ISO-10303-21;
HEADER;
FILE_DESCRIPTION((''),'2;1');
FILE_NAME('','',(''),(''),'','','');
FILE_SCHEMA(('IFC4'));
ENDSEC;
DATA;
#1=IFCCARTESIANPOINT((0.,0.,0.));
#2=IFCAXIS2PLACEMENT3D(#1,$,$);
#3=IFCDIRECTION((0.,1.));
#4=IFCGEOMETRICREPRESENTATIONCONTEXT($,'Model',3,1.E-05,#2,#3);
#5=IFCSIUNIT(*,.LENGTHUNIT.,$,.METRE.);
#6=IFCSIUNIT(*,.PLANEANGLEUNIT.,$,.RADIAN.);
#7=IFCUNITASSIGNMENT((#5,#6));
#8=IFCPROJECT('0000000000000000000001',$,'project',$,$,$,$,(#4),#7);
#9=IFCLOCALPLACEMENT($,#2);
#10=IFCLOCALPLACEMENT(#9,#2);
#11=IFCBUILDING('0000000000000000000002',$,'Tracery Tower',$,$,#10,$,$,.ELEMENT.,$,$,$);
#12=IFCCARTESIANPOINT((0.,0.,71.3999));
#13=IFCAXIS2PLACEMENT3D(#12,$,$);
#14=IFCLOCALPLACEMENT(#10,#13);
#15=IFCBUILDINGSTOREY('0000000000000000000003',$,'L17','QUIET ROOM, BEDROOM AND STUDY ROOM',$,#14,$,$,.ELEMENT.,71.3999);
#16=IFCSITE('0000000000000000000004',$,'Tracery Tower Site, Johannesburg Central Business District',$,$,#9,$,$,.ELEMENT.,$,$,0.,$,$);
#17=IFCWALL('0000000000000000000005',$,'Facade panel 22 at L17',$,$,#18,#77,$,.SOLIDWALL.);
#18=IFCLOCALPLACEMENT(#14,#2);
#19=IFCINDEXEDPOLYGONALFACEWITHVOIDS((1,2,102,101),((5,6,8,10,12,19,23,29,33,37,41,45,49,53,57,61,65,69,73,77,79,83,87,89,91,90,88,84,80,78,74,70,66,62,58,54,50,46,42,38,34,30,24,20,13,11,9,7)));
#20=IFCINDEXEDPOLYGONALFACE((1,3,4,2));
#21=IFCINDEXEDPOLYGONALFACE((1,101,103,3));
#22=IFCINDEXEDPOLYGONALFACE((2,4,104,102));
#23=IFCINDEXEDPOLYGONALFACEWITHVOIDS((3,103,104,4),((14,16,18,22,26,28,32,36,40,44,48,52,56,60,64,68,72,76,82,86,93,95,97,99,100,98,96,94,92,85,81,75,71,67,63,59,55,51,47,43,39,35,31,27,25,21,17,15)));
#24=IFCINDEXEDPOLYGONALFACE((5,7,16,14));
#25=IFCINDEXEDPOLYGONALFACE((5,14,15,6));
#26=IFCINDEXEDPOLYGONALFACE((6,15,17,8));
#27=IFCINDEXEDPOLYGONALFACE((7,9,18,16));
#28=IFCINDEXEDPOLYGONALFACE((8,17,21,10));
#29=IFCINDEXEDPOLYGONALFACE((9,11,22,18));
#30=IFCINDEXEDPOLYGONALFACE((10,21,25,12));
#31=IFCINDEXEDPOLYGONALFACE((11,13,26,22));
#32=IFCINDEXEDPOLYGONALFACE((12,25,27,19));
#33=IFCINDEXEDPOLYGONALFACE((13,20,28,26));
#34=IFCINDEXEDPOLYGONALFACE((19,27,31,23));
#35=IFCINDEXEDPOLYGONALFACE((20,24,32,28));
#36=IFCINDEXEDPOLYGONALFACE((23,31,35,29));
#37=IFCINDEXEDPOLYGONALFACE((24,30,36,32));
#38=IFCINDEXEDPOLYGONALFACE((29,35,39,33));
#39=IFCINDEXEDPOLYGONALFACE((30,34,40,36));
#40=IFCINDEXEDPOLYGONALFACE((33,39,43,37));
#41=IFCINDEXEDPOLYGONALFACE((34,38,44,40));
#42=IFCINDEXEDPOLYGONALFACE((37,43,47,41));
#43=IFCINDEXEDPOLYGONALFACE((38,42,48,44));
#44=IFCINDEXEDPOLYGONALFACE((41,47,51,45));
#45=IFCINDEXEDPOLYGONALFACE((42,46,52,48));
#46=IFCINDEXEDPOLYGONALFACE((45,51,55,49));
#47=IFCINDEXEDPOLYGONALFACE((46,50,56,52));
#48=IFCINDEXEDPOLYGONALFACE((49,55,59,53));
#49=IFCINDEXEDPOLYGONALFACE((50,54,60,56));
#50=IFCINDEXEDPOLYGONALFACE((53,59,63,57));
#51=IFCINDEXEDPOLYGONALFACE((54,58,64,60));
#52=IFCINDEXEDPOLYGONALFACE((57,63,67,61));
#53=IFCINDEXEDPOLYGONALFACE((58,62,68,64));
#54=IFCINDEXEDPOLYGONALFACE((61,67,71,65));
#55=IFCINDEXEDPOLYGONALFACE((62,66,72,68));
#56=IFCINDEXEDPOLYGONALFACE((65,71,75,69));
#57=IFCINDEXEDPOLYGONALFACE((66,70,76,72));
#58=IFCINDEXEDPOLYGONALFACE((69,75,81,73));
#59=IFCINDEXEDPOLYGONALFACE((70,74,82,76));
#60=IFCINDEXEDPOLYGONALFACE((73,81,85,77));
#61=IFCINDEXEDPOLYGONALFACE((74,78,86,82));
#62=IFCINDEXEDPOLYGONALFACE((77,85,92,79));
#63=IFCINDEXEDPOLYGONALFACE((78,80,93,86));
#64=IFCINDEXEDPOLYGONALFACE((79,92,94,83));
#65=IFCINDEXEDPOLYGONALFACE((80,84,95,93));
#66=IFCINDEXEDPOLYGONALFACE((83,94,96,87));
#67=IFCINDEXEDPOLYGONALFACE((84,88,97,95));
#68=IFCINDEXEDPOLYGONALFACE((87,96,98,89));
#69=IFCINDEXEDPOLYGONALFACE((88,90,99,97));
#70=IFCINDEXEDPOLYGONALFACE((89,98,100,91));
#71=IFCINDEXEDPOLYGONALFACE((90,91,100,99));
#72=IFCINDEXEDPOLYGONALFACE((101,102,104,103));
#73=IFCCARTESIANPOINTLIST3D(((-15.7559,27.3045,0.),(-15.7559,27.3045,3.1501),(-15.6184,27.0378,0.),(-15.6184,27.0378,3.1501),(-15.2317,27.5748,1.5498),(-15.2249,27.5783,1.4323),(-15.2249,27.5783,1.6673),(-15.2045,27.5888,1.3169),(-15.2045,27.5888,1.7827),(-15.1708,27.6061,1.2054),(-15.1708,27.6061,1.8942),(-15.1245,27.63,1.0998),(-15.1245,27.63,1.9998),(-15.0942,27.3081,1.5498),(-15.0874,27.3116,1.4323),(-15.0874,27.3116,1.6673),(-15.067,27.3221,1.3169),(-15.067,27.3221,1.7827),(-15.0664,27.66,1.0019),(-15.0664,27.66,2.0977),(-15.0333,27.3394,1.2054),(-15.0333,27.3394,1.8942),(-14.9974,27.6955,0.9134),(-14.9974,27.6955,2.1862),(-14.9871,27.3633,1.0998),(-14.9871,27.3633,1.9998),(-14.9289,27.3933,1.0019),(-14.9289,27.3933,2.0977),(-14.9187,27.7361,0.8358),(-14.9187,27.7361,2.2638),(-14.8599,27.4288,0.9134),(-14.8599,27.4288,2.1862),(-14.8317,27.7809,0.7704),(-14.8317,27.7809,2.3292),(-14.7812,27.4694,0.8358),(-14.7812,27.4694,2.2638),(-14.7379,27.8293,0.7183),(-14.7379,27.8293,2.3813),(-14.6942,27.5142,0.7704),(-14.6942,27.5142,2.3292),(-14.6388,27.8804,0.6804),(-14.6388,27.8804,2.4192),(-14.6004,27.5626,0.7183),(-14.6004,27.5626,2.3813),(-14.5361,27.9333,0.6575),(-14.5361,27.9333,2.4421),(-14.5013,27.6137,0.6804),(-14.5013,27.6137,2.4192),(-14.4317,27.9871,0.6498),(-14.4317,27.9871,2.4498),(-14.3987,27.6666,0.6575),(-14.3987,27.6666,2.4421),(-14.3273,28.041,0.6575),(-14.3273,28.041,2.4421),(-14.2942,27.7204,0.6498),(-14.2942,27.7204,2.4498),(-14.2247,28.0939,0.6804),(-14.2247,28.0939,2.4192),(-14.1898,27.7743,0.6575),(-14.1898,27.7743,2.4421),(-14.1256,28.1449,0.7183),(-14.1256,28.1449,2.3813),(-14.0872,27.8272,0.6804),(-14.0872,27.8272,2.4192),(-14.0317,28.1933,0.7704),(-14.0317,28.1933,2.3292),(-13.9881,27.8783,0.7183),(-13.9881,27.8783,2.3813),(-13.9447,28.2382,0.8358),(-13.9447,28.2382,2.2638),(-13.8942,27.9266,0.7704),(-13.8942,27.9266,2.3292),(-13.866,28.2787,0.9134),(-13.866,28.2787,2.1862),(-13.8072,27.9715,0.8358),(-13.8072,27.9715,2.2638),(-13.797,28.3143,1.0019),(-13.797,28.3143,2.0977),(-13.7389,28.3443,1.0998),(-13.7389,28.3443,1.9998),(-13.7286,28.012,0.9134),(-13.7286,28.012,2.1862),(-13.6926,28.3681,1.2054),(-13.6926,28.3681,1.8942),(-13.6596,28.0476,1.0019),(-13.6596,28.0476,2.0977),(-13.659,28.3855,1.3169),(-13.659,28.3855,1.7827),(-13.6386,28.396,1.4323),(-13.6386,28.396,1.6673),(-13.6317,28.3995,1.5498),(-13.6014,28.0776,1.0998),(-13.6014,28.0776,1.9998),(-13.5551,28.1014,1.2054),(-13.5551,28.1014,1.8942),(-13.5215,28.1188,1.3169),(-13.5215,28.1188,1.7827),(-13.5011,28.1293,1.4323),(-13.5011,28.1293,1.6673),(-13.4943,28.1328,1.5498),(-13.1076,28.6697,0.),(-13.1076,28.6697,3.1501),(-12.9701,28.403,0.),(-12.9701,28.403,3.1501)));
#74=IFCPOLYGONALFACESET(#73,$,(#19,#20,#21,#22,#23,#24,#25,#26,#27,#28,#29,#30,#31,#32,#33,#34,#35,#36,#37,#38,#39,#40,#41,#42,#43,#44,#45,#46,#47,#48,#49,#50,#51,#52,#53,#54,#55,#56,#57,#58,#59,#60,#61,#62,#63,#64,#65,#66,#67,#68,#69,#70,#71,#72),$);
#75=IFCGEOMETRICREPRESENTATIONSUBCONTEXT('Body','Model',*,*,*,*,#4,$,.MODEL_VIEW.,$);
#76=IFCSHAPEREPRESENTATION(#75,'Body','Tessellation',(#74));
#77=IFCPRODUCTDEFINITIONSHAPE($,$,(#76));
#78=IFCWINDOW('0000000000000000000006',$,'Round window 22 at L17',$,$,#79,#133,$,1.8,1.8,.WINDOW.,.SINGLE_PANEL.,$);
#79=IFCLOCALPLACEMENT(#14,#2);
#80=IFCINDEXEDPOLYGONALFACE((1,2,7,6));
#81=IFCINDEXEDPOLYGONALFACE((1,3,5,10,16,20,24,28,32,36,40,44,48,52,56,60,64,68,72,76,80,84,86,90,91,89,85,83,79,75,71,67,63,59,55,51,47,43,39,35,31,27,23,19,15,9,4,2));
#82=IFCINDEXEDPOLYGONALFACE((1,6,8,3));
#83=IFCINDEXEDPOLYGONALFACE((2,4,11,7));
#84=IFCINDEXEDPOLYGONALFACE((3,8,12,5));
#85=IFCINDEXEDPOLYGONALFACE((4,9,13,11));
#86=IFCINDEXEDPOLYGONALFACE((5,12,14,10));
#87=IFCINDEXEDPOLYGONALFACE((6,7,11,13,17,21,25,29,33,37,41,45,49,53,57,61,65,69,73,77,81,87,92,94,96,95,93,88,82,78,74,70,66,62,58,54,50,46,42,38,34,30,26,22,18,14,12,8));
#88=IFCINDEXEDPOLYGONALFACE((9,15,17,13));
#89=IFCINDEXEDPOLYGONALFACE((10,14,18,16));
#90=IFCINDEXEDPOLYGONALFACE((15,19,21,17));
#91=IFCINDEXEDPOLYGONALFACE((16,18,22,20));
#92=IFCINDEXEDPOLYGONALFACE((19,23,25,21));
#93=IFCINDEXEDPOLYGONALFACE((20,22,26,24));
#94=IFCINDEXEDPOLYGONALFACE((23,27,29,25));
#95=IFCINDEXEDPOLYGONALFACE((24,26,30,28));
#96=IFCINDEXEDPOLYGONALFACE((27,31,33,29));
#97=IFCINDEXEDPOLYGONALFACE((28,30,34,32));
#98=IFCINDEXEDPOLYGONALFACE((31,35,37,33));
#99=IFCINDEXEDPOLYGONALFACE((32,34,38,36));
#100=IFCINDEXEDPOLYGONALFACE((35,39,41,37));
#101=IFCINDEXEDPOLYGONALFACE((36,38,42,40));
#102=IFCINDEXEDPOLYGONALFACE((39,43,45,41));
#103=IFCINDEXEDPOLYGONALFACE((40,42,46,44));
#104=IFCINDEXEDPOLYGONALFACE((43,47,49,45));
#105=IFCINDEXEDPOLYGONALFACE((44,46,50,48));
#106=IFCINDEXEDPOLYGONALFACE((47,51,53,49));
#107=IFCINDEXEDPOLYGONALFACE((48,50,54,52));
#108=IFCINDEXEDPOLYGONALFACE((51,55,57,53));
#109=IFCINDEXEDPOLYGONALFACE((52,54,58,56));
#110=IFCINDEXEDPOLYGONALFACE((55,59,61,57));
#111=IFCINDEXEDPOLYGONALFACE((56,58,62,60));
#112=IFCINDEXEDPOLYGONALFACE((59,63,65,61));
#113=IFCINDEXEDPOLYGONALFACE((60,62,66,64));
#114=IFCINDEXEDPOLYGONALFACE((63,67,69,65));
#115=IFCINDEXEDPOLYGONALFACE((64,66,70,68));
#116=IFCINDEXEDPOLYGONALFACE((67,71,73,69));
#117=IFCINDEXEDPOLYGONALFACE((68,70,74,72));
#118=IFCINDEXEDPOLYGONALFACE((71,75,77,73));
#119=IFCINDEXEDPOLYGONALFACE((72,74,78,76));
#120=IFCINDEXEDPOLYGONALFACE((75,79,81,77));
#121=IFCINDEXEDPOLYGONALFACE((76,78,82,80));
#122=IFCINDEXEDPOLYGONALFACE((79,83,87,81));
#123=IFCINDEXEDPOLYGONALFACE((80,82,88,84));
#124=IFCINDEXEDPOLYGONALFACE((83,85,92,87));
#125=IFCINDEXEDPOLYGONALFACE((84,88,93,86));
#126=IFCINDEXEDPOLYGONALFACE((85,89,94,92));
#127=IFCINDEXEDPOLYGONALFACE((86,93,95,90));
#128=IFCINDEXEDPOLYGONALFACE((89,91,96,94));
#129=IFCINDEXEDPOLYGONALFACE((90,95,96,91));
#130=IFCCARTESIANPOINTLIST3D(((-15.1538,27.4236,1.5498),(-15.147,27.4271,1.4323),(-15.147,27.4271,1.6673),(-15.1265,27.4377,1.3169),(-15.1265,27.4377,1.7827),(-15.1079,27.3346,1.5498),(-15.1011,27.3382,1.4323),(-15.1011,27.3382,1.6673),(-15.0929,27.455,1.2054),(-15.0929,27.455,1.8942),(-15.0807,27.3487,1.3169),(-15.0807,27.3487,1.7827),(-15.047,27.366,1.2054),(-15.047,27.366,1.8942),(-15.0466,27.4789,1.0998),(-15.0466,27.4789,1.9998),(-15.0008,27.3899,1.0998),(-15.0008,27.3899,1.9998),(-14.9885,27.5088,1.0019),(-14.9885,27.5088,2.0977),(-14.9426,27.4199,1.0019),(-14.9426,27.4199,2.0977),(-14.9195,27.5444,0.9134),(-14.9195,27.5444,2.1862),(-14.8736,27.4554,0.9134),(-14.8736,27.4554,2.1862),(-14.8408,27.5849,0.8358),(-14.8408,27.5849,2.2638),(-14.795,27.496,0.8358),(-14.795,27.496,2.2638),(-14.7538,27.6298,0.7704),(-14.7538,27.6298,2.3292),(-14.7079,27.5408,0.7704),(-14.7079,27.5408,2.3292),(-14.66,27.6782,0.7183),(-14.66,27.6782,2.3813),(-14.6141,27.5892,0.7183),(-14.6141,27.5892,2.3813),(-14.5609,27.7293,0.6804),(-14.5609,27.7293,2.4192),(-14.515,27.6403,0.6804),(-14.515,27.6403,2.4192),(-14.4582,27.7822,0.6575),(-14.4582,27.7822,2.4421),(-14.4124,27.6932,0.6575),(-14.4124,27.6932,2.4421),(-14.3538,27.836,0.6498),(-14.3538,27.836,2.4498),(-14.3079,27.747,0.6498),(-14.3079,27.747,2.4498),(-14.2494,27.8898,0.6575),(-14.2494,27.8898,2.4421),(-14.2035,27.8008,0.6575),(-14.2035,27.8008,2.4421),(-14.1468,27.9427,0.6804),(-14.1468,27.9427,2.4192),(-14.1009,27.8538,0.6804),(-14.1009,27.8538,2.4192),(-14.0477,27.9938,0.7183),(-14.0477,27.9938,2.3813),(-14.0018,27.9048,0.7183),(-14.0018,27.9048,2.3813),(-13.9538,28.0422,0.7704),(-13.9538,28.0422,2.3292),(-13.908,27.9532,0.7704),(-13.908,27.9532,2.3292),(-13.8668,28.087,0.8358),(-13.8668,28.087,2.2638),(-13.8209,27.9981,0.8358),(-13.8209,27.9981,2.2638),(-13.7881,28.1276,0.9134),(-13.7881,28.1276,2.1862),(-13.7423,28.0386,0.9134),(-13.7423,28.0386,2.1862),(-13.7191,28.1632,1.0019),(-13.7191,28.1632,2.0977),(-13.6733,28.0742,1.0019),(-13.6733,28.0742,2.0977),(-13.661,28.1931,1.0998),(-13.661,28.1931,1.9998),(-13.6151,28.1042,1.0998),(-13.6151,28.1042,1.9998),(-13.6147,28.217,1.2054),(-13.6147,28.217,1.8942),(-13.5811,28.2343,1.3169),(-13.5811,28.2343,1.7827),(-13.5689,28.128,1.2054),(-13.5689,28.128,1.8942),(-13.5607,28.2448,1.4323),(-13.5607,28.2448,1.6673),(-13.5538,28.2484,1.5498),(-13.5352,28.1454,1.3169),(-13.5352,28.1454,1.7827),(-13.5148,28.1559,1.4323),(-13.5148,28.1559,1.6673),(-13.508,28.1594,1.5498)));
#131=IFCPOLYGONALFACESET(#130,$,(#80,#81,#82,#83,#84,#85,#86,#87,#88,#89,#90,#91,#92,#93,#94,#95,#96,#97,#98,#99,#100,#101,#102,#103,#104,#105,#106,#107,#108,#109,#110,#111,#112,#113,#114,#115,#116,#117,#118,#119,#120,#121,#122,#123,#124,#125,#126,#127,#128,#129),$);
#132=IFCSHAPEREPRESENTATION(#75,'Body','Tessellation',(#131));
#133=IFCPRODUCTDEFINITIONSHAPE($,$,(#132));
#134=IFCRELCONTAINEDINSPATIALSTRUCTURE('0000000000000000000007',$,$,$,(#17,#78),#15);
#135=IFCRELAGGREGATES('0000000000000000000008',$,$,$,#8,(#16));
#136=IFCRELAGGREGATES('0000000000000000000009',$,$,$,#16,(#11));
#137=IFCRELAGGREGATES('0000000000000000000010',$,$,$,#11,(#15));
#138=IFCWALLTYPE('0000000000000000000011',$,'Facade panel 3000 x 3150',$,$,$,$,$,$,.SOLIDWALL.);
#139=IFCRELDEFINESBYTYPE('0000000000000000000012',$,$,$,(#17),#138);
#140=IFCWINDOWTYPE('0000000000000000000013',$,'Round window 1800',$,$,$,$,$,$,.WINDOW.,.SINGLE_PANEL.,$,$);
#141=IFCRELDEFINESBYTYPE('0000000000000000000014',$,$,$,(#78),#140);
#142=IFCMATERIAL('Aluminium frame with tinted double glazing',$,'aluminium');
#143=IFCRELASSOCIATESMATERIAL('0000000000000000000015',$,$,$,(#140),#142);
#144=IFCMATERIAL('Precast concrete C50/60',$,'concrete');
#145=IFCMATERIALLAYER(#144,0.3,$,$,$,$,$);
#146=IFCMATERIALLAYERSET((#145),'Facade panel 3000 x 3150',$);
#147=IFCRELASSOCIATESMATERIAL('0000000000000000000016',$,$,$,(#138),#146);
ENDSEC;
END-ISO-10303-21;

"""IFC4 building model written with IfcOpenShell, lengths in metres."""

from ifc_helpers import new_model, si_unit, direction, frame, frame_2d, origin, origin_2d, place, context, subcontext, project, spatial, rectangle, circle, extrude, material, layer, layer_set, type_object, element, fill, save


model = new_model("IFC4")

# Units and contexts
model_context = context("Model", 3, precision=1e-05, world=origin(), true_north=direction((0.0, 1.0)))
body_context = subcontext(model_context, "Body", "Model", "MODEL_VIEW")
ifc_project = project(units=[si_unit("LENGTHUNIT", "METRE"), si_unit("PLANEANGLEUNIT", "RADIAN")], contexts=[model_context])

# Site, building, storey
site_placement = place(None, origin())
site = spatial("IfcSite", under=ifc_project, at=site_placement, Name="Tracery Tower Site, Johannesburg Central Business District", CompositionType="ELEMENT", RefElevation=0.0)
building_placement = place(site_placement, origin())
building = spatial("IfcBuilding", under=site, at=building_placement, Name="Tracery Tower", CompositionType="ELEMENT")
storey_placement = place(building_placement, frame((0.0, 0.0, 71.3999)))
storey = spatial("IfcBuildingStorey", under=building, at=storey_placement, Name="L17", Description="QUIET ROOM, BEDROOM AND STUDY ROOM", CompositionType="ELEMENT", Elevation=71.3999)

# Wall, opening, window
ifc_material_1 = material(Name="Aluminium frame with tinted double glazing", Category="aluminium")
window_type = type_object("IfcWindowType", Name="Round window 1800", PartitioningType="SINGLE_PANEL", PredefinedType="WINDOW", material=ifc_material_1)
ifc_material_2 = material(Name="Precast concrete C50/60", Category="concrete")
ifc_layer_1 = layer(ifc_material_2, 0.3)
ifc_layer_set_1 = layer_set([ifc_layer_1], Name="Facade panel 3000 x 3150")
wall_type_1 = type_object("IfcWallType", Name="Facade panel 3000 x 3150", PredefinedType="SOLIDWALL", material=ifc_layer_set_1)
wall_1_placement = place(storey_placement, frame((-13.0388, 28.5364, 0.0), z_axis=(0.0, 0.0, 1.0), x_axis=(-0.888853, -0.458192, 0.0)))
wall_1 = element("IfcWall", 1, at=wall_1_placement, inside=storey, type_object=wall_type_1, Name="Facade panel 22 at L17", PredefinedType="SOLIDWALL", context=body_context, shape_type="SweptSolid", body=[
    extrude(rectangle(XDim=2.9795, YDim=0.3, at=frame_2d((1.4897, 0.0))), origin(), (0.0, 0.0, 1.0), 3.1501),
])
opening_1_placement = place(wall_1_placement, frame((1.4897, 0.0, 1.5498)))
opening_1 = element("IfcOpeningElement", 2, at=opening_1_placement, cuts=wall_1, PredefinedType="OPENING", context=body_context, shape_type="SweptSolid", body=[
    extrude(circle(Radius=0.9, at=origin_2d()), frame((0.0, 0.1599, 0.0), z_axis=(0.0, -1.0, 0.0), x_axis=(1.0, 0.0, 0.0)), (0.0, 0.0, 1.0), 0.3201),
])
window_1_placement = place(opening_1_placement, origin())
window_1 = element("IfcWindow", 3, at=window_1_placement, inside=storey, type_object=window_type, Name="Round window 22 at L17", OverallHeight=1.8, OverallWidth=1.8, PartitioningType="SINGLE_PANEL", PredefinedType="WINDOW", context=body_context, shape_type="SweptSolid", body=[
    extrude(circle(Radius=0.9, at=origin_2d()), frame((0.0, 0.1201, 0.0), z_axis=(0.0, -1.0, 0.0), x_axis=(1.0, 0.0, 0.0)), (0.0, 0.0, 1.0), 0.1001),
])
fill(opening_1, window_1)

save(model, "model.ifc")
